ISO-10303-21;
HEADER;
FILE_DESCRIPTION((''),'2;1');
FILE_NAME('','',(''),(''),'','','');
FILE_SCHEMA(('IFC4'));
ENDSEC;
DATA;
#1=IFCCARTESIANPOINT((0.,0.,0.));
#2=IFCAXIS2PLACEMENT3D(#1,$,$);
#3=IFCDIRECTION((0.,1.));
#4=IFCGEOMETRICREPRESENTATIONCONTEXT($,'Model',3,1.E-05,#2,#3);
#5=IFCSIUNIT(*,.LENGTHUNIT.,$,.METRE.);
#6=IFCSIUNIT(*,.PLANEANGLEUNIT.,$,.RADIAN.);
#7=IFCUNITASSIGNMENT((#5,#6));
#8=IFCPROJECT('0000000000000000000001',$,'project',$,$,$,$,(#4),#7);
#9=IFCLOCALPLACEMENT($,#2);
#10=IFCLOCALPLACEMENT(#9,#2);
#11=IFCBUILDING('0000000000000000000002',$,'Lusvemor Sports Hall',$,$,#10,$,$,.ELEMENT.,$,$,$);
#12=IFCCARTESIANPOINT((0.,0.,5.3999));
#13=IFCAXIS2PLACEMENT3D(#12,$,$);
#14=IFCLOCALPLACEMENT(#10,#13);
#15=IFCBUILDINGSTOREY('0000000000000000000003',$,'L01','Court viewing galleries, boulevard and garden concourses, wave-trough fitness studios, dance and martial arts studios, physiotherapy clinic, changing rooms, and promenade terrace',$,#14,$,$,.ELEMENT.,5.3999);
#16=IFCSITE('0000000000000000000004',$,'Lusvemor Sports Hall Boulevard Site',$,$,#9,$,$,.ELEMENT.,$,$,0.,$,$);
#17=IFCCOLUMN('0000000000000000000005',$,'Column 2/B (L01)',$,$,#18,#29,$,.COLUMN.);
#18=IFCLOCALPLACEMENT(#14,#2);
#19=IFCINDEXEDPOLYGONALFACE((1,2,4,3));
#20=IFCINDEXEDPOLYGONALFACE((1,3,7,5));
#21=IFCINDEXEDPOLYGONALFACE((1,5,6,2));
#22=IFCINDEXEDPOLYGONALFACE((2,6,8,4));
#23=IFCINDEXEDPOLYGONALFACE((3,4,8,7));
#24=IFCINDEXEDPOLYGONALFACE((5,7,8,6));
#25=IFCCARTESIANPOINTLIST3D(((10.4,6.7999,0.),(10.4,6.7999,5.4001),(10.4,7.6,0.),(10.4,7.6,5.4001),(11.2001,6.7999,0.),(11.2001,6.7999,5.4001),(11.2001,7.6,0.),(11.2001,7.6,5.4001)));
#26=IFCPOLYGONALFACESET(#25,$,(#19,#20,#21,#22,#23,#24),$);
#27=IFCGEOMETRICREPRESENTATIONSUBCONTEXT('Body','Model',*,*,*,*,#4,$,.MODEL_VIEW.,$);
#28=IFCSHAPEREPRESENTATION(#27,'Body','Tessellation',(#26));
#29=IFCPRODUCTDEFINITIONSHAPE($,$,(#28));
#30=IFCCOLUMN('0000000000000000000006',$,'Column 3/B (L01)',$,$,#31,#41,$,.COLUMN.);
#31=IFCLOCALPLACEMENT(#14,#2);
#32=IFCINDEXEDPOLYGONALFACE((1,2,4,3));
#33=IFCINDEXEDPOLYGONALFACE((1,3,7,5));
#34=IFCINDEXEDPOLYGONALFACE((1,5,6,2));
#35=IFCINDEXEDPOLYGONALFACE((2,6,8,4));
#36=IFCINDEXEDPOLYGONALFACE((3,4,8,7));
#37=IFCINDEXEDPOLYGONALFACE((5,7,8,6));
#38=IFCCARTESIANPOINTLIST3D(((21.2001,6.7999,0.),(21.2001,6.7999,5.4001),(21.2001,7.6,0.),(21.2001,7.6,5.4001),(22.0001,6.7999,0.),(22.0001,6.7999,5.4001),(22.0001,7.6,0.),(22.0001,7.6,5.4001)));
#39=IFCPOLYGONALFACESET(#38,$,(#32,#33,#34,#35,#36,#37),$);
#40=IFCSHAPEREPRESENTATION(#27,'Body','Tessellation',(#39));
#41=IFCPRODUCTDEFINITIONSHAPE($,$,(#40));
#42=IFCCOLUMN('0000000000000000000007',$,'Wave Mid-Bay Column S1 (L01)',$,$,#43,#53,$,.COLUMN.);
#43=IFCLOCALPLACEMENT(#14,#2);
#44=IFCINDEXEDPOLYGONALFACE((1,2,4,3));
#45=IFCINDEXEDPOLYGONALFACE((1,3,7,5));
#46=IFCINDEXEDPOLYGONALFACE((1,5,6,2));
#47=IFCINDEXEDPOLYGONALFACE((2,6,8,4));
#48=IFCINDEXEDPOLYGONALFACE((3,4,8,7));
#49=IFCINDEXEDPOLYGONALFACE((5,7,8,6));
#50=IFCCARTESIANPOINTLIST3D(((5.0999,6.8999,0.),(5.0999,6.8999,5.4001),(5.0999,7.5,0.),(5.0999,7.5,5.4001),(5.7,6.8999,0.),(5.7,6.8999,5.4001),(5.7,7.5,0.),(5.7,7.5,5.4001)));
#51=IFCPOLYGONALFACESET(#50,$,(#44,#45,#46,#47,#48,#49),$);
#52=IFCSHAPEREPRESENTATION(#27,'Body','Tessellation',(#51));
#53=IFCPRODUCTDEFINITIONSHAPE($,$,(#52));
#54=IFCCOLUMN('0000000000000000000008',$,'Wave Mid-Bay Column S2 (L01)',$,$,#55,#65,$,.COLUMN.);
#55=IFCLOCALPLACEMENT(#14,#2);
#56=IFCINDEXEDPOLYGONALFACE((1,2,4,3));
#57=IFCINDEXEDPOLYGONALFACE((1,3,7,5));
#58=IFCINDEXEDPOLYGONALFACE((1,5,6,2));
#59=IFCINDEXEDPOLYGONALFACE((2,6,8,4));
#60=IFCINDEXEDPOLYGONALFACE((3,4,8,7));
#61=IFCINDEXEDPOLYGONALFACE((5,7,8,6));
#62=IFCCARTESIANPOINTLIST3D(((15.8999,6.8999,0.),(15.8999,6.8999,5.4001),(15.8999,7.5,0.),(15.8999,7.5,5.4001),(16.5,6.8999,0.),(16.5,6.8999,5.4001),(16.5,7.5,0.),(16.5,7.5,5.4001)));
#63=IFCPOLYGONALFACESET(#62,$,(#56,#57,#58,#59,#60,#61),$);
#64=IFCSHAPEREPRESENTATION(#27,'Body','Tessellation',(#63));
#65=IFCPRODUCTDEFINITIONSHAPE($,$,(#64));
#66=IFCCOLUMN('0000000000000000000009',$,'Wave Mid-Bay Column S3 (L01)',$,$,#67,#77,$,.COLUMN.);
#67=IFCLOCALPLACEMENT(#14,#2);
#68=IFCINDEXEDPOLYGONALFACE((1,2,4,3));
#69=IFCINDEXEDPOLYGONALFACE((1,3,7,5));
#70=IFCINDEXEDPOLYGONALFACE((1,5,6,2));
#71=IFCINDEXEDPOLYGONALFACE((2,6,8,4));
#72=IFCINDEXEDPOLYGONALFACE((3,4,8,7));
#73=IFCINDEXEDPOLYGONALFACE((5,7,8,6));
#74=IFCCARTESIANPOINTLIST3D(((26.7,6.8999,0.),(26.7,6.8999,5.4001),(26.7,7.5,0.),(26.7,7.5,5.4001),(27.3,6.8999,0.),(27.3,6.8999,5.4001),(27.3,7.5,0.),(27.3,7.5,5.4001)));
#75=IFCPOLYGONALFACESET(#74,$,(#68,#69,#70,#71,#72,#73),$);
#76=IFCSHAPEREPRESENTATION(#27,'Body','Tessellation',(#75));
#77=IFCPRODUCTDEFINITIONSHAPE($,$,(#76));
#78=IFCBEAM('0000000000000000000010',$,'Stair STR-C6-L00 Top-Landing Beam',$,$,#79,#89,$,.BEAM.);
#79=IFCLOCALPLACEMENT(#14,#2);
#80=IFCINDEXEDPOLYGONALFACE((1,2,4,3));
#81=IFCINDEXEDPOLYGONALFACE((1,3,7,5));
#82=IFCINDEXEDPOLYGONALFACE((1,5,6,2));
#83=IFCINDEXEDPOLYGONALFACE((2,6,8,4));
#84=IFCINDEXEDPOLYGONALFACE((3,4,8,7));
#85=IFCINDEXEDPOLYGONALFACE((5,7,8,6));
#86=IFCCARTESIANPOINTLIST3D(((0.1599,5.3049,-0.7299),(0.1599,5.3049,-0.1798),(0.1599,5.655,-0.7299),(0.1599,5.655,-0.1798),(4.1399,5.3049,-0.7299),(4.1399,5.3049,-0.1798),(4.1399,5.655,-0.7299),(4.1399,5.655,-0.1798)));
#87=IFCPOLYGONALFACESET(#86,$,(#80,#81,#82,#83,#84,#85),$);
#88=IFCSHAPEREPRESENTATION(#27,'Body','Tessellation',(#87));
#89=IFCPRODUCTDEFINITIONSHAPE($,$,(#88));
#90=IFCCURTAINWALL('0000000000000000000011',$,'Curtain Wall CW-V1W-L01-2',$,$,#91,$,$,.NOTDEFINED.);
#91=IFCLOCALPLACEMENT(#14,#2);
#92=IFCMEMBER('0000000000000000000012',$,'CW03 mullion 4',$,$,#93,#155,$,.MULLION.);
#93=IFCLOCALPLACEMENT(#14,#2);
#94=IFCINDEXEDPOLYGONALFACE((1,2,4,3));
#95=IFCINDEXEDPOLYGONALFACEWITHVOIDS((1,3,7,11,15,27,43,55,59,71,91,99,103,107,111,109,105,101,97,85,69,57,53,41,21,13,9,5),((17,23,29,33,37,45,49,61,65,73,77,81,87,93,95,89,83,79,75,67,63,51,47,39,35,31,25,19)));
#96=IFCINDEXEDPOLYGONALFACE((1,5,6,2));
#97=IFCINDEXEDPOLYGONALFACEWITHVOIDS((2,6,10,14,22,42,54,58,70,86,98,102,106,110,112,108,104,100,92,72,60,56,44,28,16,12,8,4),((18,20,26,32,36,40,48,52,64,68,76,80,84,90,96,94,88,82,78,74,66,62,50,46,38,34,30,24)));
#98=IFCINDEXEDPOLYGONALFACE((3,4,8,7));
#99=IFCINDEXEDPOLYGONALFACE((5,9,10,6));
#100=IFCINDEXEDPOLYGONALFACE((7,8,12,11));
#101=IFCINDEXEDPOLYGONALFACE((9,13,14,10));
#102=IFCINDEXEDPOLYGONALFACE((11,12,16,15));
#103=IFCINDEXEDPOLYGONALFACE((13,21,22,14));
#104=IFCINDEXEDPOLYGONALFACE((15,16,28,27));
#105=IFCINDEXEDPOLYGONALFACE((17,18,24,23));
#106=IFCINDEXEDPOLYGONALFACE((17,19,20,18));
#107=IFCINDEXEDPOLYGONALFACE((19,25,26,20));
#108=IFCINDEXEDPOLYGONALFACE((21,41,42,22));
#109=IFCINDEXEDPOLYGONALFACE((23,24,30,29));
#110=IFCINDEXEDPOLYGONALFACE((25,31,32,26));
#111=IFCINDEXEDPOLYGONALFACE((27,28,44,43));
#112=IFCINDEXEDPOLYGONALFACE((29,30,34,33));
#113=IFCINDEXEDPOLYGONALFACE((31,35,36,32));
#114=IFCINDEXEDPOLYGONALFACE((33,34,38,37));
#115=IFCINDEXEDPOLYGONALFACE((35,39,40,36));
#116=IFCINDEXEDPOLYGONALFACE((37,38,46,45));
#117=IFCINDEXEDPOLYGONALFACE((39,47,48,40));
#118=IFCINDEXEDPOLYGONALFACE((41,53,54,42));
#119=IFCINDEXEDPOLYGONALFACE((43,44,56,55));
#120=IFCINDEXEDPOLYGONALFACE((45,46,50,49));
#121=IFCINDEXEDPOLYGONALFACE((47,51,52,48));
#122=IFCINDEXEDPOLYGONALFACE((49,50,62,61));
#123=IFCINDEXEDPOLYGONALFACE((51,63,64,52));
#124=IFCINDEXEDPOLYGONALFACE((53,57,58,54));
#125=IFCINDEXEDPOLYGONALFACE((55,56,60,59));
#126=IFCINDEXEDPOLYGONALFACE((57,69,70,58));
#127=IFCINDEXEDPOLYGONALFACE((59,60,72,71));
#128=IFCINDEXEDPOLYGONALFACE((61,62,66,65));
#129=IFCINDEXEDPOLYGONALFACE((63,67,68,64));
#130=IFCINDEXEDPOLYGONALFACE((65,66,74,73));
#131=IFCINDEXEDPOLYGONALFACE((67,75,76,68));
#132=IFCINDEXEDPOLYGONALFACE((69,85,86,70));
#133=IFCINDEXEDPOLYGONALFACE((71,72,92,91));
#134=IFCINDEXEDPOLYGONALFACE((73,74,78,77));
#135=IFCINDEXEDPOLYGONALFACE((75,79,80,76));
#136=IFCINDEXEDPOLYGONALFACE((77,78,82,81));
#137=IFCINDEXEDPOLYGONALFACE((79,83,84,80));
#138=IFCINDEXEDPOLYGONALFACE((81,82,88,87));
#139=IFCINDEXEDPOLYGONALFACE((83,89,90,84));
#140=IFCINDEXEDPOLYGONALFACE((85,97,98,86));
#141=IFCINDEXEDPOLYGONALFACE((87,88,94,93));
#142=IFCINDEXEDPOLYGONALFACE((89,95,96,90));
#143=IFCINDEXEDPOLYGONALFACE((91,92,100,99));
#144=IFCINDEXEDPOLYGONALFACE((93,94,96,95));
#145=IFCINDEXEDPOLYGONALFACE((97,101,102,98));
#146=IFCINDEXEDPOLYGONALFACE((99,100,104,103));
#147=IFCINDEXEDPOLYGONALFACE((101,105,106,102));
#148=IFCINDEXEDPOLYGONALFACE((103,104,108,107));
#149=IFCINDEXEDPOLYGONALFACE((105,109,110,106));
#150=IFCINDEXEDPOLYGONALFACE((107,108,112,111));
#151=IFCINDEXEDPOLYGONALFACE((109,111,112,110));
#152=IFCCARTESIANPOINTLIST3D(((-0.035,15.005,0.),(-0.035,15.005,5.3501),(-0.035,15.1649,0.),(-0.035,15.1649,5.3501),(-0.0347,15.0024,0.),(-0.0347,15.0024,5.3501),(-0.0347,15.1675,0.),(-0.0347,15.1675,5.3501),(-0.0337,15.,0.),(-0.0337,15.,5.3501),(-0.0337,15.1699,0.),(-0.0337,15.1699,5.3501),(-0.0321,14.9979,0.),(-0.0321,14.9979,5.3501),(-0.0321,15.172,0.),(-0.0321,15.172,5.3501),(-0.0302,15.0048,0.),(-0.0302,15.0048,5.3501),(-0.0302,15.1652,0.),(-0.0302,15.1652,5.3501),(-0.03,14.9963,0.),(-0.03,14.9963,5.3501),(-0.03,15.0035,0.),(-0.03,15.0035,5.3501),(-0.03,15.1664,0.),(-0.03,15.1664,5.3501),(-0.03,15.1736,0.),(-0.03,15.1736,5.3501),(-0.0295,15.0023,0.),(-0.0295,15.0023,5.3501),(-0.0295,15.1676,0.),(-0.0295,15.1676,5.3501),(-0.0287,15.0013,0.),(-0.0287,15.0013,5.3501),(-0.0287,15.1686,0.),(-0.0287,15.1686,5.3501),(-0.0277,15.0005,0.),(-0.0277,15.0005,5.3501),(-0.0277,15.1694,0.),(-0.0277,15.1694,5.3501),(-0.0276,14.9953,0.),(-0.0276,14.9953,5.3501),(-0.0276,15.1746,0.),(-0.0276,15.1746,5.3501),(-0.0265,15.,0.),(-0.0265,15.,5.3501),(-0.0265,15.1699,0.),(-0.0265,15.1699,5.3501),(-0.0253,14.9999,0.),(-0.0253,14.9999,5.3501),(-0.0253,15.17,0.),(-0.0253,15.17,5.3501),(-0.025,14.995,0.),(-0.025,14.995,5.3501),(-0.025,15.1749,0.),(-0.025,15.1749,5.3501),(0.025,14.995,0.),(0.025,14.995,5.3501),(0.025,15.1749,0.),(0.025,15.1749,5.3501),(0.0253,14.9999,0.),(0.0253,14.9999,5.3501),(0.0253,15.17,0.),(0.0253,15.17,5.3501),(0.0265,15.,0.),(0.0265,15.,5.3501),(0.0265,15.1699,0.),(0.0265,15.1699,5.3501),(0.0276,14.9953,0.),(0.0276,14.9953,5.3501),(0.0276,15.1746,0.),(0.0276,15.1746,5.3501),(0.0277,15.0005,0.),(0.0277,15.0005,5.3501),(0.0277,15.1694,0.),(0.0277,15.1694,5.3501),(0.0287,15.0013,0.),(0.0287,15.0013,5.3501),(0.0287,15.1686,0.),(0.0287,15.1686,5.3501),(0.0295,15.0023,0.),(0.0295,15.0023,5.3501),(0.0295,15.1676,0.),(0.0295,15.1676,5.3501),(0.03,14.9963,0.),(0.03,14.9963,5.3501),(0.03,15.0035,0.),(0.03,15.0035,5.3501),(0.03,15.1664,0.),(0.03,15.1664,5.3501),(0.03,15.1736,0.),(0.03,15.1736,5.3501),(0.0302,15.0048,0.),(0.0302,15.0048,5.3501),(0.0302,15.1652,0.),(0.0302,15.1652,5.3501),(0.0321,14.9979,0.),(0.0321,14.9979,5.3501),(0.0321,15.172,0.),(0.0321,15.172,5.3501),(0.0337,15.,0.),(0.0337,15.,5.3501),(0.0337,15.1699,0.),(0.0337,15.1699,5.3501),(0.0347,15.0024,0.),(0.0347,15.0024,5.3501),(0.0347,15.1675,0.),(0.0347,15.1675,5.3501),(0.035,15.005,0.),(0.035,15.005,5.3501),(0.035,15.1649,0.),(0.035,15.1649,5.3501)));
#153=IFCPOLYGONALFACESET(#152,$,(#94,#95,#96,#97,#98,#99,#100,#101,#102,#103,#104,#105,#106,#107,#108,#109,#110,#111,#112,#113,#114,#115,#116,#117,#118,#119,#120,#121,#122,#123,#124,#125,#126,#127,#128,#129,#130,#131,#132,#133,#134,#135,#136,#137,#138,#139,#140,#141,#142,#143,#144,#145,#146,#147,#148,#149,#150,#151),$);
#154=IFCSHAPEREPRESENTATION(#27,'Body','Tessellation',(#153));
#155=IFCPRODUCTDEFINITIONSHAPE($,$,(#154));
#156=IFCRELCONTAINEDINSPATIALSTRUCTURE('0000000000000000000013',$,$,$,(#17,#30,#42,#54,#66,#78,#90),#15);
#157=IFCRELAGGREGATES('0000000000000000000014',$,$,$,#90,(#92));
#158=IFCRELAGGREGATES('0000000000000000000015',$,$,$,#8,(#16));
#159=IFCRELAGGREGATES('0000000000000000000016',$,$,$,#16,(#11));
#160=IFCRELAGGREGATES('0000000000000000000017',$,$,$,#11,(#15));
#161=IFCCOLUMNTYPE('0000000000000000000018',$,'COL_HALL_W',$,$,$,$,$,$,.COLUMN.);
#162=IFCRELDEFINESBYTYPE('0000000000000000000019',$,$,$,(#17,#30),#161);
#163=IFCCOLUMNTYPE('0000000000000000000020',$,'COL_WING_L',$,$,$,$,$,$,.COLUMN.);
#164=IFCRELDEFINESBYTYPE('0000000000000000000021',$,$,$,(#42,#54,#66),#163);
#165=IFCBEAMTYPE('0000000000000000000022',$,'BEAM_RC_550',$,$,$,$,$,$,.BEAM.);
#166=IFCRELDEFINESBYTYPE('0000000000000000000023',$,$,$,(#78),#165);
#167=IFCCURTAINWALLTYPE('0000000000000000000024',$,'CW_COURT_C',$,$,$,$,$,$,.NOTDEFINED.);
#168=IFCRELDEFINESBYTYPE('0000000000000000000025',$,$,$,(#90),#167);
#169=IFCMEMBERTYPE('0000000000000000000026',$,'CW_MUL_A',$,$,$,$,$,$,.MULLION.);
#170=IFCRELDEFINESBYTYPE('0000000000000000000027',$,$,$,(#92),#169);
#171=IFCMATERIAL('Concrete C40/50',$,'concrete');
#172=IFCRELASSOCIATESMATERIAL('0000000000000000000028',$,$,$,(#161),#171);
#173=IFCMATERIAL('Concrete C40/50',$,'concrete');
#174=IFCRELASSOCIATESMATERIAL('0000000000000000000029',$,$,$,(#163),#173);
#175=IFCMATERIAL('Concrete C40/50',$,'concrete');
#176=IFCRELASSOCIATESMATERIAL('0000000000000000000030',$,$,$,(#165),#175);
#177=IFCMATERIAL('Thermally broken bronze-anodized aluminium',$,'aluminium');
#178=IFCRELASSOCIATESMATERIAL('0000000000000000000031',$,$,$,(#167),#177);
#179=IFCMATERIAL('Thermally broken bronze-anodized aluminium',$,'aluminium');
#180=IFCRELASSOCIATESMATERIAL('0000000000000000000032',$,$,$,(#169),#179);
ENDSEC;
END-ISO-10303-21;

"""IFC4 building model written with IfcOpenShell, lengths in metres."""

from ifc_helpers import new_model, si_unit, direction, frame, origin, origin_2d, place, context, subcontext, project, spatial, rectangle, hollow_rectangle, extrude, material, material_profile, profile_set, type_object, element, aggregate, save


model = new_model("IFC4")

# Units and contexts
model_context = context("Model", 3, precision=1e-05, world=origin(), true_north=direction((0.0, 1.0)))
body_context = subcontext(model_context, "Body", "Model", "MODEL_VIEW")
ifc_project = project(units=[si_unit("LENGTHUNIT", "METRE"), si_unit("PLANEANGLEUNIT", "RADIAN")], contexts=[model_context])

# Site, building, storey
site_placement = place(None, origin())
site = spatial("IfcSite", under=ifc_project, at=site_placement, Name="Lusvemor Sports Hall Boulevard Site", CompositionType="ELEMENT", RefElevation=0.0)
building_placement = place(site_placement, origin())
building = spatial("IfcBuilding", under=site, at=building_placement, Name="Lusvemor Sports Hall", CompositionType="ELEMENT")
storey_placement = place(building_placement, frame((0.0, 0.0, 5.3999)))
storey = spatial("IfcBuildingStorey", under=building, at=storey_placement, Name="L01", Description="Court viewing galleries, boulevard and garden concourses, wave-trough fitness studios, dance and martial arts studios, physiotherapy clinic, changing rooms, and promenade terrace", CompositionType="ELEMENT", Elevation=5.3999)

# Columns
ifc_material_1 = material(Name="Concrete C40/50", Category="concrete")
ifc_material_profile_1 = material_profile(ifc_material_1, rectangle(XDim=0.8, YDim=0.8, at=origin_2d()), Name="RC800x800")
ifc_profile_set_1 = profile_set([ifc_material_profile_1], Name="Concrete C40/50")
column_type_1 = type_object("IfcColumnType", Name="COL_HALL_W", PredefinedType="COLUMN", material=ifc_profile_set_1)
for number, where, z_axis, x_axis, name in (
    (1, (10.8, 7.2, 0.0), (0.0, 0.0, 1.0), (1.0, 0.0, 0.0), "Column 2/B (L01)"),
    (2, (21.6001, 7.2, 0.0), (0.0, 0.0, 1.0), (1.0, 0.0, 0.0), "Column 3/B (L01)"),
):
    element("IfcColumn", number, at=place(storey_placement, frame(where, z_axis=z_axis, x_axis=x_axis)), inside=storey, type_object=column_type_1, Name=name, PredefinedType="COLUMN", context=body_context, shape_type="SweptSolid", body=[
        extrude(rectangle(XDim=0.8, YDim=0.8, at=origin_2d()), origin(), (0.0, 0.0, 1.0), 5.4001),
    ])
ifc_material_2 = material(Name="Concrete C40/50", Category="concrete")
ifc_material_profile_2 = material_profile(ifc_material_2, rectangle(XDim=0.6001, YDim=0.6001, at=origin_2d()), Name="RC600x600")
ifc_profile_set_2 = profile_set([ifc_material_profile_2], Name="Concrete C40/50")
column_type_2 = type_object("IfcColumnType", Name="COL_WING_L", PredefinedType="COLUMN", material=ifc_profile_set_2)
for number, where, z_axis, x_axis, name in (
    (3, (5.3999, 7.2, 0.0), (0.0, 0.0, 1.0), (1.0, 0.0, 0.0), "Wave Mid-Bay Column S1 (L01)"),
    (4, (16.2, 7.2, 0.0), (0.0, 0.0, 1.0), (1.0, 0.0, 0.0), "Wave Mid-Bay Column S2 (L01)"),
    (5, (27.0, 7.2, 0.0), (0.0, 0.0, 1.0), (1.0, 0.0, 0.0), "Wave Mid-Bay Column S3 (L01)"),
):
    element("IfcColumn", number, at=place(storey_placement, frame(where, z_axis=z_axis, x_axis=x_axis)), inside=storey, type_object=column_type_2, Name=name, PredefinedType="COLUMN", context=body_context, shape_type="SweptSolid", body=[
        extrude(rectangle(XDim=0.6001, YDim=0.6001, at=origin_2d()), origin(), (0.0, 0.0, 1.0), 5.4001),
    ])

# Beam
ifc_material_3 = material(Name="Concrete C40/50", Category="concrete")
ifc_material_profile_3 = material_profile(ifc_material_3, rectangle(XDim=0.3501, YDim=0.55, at=origin_2d()), Name="RC350x550")
ifc_profile_set_3 = profile_set([ifc_material_profile_3], Name="Concrete C40/50")
beam_type_1 = type_object("IfcBeamType", Name="BEAM_RC_550", PredefinedType="BEAM", material=ifc_profile_set_3)
beam_1_placement = place(storey_placement, frame((0.1599, 5.48, -0.4548), z_axis=(1.0, 0.0, 0.0), x_axis=(0.0, 1.0, 0.0)))
element("IfcBeam", 6, at=beam_1_placement, inside=storey, type_object=beam_type_1, Name="Stair STR-C6-L00 Top-Landing Beam", PredefinedType="BEAM", context=body_context, shape_type="SweptSolid", body=[
    extrude(rectangle(XDim=0.3501, YDim=0.55, at=origin_2d()), origin(), (0.0, 0.0, 1.0), 3.98),
])

# Curtain wall, member
ifc_material_4 = material(Name="Thermally broken bronze-anodized aluminium", Category="aluminium")
curtain_wall_type = type_object("IfcCurtainWallType", Name="CW_COURT_C", PredefinedType="NOTDEFINED", material=ifc_material_4)
curtain_wall_placement = place(storey_placement, origin())
curtain_wall = element("IfcCurtainWall", 7, at=curtain_wall_placement, inside=storey, type_object=curtain_wall_type, Name="Curtain Wall CW-V1W-L01-2", PredefinedType="NOTDEFINED")
ifc_material_5 = material(Name="Thermally broken bronze-anodized aluminium", Category="aluminium")
ifc_material_profile_4 = material_profile(ifc_material_5, hollow_rectangle(XDim=0.0701, YDim=0.1799, WallThickness=0.0049, InnerFilletRadius=0.0049, OuterFilletRadius=0.01, at=origin_2d()), Name="CWMUL180x70x5")
ifc_profile_set_4 = profile_set([ifc_material_profile_4], Name="Thermally broken bronze-anodized aluminium")
member_type_1 = type_object("IfcMemberType", Name="CW_MUL_A", PredefinedType="MULLION", material=ifc_profile_set_4)
member_1_placement = place(storey_placement, frame((0.0, 15.085, 0.0), z_axis=(0.0, 0.0, 1.0), x_axis=(-1.0, 0.0, 0.0)))
member_1 = element("IfcMember", 8, at=member_1_placement, type_object=member_type_1, Name="CW03 mullion 4", PredefinedType="MULLION", context=body_context, shape_type="SweptSolid", body=[
    extrude(hollow_rectangle(XDim=0.0701, YDim=0.1799, WallThickness=0.0049, InnerFilletRadius=0.0049, OuterFilletRadius=0.01, at=origin_2d()), origin(), (0.0, 0.0, 1.0), 5.3501),
])

aggregate(curtain_wall, [member_1])

save(model, "model.ifc")
